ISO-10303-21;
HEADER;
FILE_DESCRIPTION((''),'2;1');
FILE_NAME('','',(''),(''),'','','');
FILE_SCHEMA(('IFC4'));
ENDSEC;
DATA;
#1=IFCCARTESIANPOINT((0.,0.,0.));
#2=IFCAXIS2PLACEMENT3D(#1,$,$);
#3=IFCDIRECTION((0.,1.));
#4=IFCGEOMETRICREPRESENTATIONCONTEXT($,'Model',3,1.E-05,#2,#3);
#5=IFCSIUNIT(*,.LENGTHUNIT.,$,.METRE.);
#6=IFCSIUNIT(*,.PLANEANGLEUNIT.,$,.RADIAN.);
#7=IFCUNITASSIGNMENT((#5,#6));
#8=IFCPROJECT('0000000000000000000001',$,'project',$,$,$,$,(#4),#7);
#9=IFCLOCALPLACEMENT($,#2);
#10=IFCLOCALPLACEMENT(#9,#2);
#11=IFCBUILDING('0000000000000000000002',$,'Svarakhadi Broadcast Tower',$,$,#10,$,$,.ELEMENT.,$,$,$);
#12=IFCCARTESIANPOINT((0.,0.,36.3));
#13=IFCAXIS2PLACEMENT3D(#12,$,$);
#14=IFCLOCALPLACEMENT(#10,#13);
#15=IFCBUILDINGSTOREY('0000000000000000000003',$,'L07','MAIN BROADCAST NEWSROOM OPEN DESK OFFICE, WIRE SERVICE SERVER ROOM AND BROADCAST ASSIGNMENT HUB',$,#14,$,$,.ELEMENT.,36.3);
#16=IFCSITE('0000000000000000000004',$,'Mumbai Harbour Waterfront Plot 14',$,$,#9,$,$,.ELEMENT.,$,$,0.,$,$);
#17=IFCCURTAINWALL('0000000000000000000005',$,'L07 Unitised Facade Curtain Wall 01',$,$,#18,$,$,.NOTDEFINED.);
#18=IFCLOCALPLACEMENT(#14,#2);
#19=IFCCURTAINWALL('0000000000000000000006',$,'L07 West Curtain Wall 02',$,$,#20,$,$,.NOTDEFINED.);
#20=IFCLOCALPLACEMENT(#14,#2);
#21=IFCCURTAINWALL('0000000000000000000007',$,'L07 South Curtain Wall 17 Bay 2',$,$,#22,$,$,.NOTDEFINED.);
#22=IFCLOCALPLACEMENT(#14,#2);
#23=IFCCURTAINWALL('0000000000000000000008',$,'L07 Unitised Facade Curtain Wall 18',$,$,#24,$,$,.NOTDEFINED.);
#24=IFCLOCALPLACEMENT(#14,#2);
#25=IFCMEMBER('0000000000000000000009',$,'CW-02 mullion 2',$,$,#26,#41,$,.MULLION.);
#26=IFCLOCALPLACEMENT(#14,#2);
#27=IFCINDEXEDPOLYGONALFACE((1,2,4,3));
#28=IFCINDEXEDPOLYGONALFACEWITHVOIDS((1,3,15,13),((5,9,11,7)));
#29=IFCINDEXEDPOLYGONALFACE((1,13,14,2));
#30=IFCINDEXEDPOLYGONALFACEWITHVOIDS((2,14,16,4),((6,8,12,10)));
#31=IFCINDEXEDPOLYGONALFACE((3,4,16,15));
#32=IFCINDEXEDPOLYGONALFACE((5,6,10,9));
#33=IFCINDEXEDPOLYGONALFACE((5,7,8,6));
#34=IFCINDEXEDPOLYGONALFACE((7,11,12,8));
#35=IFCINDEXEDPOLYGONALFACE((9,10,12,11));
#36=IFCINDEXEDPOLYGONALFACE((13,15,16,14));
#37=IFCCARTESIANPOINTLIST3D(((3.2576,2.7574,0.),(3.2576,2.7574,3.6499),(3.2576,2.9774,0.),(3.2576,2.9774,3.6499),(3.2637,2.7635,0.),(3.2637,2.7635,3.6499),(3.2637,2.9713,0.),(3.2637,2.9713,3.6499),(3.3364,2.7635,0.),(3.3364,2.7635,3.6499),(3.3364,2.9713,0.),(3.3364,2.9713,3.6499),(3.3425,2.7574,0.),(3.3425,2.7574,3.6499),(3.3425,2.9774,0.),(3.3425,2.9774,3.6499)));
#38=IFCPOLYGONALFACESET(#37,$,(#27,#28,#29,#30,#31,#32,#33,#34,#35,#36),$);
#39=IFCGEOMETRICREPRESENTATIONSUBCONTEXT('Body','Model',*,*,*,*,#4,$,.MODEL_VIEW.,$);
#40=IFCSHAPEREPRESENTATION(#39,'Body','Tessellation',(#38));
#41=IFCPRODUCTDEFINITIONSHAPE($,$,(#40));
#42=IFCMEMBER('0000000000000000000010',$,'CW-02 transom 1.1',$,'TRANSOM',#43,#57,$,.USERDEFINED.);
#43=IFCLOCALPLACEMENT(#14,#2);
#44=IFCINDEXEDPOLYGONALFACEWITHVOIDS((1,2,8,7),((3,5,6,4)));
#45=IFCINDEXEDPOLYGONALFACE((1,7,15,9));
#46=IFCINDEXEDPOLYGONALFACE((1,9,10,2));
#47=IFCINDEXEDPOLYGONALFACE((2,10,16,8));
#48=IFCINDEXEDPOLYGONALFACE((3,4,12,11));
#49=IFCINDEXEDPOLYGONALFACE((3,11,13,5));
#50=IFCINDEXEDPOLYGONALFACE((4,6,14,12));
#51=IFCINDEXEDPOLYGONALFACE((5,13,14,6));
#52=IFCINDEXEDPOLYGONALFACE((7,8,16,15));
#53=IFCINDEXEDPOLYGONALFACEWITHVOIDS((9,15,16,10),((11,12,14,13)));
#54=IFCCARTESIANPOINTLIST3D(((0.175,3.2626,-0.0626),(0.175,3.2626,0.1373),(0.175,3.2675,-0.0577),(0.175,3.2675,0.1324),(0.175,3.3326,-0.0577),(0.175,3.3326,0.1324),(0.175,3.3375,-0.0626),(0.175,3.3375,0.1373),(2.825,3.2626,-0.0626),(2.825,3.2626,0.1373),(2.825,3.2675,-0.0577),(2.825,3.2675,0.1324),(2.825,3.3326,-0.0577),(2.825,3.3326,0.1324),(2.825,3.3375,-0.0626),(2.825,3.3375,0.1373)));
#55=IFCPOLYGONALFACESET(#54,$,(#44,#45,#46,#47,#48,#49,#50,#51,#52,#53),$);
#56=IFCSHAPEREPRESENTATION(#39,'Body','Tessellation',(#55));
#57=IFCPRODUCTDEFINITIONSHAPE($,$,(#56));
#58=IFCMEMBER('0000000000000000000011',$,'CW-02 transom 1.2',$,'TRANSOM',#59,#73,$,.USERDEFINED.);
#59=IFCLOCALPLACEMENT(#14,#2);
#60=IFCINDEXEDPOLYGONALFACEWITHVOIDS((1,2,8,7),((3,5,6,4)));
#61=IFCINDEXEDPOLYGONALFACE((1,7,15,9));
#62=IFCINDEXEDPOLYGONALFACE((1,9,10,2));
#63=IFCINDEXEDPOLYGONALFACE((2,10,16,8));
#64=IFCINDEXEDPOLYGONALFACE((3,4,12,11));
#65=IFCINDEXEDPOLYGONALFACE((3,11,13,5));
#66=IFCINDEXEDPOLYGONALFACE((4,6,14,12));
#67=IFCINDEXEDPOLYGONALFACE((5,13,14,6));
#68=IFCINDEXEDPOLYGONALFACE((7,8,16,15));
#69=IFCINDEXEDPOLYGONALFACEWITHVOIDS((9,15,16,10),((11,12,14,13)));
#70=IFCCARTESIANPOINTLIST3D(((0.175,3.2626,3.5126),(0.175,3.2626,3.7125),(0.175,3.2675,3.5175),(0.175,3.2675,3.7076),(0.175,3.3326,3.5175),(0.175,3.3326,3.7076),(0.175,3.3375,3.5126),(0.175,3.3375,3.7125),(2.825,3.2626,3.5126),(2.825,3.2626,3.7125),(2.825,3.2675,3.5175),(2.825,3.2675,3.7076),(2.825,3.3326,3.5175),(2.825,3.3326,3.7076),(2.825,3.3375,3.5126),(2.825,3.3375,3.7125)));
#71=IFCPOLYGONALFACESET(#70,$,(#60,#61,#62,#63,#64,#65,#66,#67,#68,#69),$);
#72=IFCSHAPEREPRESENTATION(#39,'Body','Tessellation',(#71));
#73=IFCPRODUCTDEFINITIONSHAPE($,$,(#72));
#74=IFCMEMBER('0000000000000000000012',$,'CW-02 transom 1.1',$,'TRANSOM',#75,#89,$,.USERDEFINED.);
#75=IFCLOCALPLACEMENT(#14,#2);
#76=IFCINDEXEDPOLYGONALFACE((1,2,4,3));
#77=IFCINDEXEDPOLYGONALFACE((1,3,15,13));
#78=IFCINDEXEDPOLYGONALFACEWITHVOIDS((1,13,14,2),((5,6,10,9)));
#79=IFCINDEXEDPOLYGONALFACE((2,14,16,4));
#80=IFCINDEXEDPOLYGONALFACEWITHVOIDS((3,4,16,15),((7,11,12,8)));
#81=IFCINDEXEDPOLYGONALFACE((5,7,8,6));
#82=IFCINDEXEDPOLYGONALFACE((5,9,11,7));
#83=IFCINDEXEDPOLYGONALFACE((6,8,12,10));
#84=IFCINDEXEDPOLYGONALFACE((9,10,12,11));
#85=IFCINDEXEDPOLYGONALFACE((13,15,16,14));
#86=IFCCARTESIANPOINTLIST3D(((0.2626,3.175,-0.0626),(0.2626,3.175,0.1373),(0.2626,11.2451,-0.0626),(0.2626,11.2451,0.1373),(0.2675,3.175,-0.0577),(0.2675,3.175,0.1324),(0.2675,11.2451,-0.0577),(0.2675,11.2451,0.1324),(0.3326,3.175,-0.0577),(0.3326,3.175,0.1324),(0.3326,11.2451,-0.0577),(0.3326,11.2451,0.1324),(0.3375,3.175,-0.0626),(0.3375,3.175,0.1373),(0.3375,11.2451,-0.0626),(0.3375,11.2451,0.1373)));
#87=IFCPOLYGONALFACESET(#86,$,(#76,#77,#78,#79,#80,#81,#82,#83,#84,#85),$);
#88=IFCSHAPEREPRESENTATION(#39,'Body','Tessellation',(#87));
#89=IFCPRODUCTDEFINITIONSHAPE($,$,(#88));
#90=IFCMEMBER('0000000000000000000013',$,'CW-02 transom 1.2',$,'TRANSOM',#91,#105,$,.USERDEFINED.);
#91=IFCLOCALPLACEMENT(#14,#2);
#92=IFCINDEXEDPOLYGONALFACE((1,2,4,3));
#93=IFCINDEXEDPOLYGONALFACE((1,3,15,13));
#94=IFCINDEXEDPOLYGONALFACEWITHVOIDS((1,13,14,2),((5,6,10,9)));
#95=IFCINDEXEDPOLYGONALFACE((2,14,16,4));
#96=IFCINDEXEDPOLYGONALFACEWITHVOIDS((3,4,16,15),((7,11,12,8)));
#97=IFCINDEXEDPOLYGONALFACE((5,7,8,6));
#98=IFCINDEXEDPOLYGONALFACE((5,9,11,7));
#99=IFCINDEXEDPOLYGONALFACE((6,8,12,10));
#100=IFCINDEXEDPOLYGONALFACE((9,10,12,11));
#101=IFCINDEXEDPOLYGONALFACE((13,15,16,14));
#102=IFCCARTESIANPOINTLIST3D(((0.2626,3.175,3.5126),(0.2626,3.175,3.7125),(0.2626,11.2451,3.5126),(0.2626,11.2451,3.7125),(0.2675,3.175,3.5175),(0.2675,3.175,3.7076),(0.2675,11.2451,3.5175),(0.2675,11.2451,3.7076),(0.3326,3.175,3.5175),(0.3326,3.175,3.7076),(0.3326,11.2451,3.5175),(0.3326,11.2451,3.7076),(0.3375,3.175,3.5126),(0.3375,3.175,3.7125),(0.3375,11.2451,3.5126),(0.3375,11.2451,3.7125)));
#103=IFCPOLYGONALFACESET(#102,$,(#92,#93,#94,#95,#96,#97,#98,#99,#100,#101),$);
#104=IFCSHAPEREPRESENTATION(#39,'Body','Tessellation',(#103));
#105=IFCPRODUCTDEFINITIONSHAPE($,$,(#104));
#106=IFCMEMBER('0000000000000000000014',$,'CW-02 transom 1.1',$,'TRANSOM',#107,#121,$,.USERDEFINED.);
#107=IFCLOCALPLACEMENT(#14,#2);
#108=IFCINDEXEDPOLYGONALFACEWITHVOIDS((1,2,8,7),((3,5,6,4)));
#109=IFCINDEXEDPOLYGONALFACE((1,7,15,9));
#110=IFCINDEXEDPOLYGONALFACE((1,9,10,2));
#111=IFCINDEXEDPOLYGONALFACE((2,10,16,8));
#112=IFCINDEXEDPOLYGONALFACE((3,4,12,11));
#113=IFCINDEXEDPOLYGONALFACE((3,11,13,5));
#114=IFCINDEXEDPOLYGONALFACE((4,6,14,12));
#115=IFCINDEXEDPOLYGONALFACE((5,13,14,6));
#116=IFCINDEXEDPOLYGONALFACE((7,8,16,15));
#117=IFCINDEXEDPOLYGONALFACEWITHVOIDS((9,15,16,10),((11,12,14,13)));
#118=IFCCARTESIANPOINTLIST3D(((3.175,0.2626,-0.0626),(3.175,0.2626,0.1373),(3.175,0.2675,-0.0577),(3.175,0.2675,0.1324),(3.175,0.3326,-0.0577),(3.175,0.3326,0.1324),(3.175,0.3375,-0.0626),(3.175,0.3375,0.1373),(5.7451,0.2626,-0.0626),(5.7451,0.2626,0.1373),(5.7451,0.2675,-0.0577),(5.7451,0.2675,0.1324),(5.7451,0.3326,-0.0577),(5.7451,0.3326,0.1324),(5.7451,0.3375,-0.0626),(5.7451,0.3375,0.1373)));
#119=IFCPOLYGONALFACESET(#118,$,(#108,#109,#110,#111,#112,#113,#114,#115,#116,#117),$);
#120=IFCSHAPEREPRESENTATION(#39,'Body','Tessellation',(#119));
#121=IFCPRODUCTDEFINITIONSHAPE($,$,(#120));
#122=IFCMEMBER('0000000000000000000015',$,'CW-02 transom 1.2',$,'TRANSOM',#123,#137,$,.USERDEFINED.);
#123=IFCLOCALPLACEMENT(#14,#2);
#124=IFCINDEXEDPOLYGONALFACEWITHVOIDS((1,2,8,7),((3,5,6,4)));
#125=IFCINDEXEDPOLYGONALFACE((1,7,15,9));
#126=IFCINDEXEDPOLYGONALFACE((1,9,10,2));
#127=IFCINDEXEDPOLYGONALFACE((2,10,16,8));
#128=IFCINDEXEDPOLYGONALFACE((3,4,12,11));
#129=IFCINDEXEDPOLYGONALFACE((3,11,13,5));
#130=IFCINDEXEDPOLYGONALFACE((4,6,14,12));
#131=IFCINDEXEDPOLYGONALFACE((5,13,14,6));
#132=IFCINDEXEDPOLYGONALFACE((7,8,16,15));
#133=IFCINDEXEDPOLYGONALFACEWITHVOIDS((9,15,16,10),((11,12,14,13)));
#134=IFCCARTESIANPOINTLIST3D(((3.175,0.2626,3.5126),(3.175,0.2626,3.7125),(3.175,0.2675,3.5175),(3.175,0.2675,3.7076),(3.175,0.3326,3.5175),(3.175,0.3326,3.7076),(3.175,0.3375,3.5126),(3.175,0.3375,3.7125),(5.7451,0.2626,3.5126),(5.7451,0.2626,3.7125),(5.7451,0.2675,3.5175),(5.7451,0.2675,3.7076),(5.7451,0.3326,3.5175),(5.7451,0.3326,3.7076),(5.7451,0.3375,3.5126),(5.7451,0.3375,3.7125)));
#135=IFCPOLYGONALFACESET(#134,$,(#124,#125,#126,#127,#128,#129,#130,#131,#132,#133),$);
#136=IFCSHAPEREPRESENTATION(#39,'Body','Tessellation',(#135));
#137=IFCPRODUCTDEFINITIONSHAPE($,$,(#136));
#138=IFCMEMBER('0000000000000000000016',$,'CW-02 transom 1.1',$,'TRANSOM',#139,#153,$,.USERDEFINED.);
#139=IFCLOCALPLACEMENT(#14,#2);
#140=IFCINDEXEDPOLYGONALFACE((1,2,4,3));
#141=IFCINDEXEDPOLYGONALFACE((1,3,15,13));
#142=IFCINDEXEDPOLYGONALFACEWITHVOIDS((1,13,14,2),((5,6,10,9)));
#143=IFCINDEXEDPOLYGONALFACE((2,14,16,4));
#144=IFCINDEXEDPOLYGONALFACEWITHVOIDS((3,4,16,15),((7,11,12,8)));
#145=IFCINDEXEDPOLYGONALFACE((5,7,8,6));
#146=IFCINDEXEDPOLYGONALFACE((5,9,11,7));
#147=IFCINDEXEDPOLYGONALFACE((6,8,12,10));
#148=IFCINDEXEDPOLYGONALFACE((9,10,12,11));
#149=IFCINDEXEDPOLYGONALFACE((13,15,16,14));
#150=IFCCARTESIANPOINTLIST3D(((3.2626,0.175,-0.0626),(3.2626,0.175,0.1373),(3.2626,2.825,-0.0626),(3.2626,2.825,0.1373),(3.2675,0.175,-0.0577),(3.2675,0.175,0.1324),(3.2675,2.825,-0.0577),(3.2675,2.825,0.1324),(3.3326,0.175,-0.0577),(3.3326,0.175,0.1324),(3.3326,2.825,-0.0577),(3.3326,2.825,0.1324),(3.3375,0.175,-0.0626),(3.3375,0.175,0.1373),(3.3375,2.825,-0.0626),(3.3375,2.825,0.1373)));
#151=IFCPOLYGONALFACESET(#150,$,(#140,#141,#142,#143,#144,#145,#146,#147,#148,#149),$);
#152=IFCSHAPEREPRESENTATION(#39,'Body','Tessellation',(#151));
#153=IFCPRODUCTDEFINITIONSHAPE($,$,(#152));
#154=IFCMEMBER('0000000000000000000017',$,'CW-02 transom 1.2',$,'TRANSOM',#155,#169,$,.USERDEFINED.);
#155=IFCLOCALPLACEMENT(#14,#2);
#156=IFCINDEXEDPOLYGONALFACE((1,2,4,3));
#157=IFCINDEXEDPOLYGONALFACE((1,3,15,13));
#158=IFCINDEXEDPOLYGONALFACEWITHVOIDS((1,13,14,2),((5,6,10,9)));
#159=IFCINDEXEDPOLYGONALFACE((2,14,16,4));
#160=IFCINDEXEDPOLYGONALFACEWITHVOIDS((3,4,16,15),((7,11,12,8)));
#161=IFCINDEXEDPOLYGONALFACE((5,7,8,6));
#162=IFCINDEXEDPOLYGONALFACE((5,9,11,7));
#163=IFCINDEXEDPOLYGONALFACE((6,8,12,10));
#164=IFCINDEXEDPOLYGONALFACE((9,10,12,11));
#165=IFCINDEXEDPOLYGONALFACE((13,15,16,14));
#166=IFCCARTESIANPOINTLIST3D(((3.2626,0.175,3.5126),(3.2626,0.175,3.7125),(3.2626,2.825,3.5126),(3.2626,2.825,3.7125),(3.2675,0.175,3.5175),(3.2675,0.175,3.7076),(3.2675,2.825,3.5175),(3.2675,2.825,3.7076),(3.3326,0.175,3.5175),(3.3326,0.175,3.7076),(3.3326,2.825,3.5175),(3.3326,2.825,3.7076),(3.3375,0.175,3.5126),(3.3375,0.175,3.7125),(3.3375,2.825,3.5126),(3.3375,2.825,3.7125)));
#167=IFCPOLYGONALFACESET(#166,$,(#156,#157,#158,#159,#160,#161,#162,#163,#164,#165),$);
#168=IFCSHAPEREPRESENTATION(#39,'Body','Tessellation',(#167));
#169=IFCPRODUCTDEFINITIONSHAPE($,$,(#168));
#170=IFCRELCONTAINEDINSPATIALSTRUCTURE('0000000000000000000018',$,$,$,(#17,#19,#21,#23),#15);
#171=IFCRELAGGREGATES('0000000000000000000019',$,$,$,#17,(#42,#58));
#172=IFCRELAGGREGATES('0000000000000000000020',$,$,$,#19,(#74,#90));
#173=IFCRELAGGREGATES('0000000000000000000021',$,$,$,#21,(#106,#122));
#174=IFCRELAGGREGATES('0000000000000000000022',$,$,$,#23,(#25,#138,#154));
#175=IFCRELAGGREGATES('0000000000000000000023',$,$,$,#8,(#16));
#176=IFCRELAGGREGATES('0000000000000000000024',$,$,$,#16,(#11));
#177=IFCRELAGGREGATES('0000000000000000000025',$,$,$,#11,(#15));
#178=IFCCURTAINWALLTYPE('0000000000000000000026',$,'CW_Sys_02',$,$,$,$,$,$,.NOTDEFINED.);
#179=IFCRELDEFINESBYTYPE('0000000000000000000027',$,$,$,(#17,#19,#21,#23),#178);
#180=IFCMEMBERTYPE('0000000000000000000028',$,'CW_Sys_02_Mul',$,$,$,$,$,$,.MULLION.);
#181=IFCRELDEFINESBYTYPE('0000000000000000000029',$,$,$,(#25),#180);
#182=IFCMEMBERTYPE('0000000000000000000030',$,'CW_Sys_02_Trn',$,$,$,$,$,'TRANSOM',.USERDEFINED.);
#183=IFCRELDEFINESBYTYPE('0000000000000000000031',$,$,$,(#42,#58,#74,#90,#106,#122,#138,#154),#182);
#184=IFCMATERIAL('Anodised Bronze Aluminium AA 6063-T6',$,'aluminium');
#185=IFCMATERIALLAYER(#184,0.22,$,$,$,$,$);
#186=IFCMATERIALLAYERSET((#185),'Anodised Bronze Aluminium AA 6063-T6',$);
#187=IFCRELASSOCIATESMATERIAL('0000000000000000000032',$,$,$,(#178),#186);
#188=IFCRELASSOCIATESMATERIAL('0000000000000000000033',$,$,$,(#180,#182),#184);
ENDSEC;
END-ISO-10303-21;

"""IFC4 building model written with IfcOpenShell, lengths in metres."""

from ifc_helpers import new_model, si_unit, direction, frame, origin, origin_2d, place, context, subcontext, project, spatial, hollow_rectangle, extrude, material, layer, layer_set, material_profile, profile_set, type_object, element, aggregate, save


model = new_model("IFC4")

# Units and contexts
model_context = context("Model", 3, precision=1e-05, world=origin(), true_north=direction((0.0, 1.0)))
body_context = subcontext(model_context, "Body", "Model", "MODEL_VIEW")
ifc_project = project(units=[si_unit("LENGTHUNIT", "METRE"), si_unit("PLANEANGLEUNIT", "RADIAN")], contexts=[model_context])

# Site, building, storey
site_placement = place(None, origin())
site = spatial("IfcSite", under=ifc_project, at=site_placement, Name="Mumbai Harbour Waterfront Plot 14", CompositionType="ELEMENT", RefElevation=0.0)
building_placement = place(site_placement, origin())
building = spatial("IfcBuilding", under=site, at=building_placement, Name="Svarakhadi Broadcast Tower", CompositionType="ELEMENT")
storey_placement = place(building_placement, frame((0.0, 0.0, 36.3)))
storey = spatial("IfcBuildingStorey", under=building, at=storey_placement, Name="L07", Description="MAIN BROADCAST NEWSROOM OPEN DESK OFFICE, WIRE SERVICE SERVER ROOM AND BROADCAST ASSIGNMENT HUB", CompositionType="ELEMENT", Elevation=36.3)

# Curtain wall
ifc_material_1 = material(Name="Anodised Bronze Aluminium AA 6063-T6", Category="aluminium")
ifc_layer_1 = layer(ifc_material_1, 0.22)
ifc_layer_set_1 = layer_set([ifc_layer_1], Name="Anodised Bronze Aluminium AA 6063-T6")
curtain_wall_type = type_object("IfcCurtainWallType", Name="CW_Sys_02", PredefinedType="NOTDEFINED", material=ifc_layer_set_1)
curtain_wall_1_placement = place(storey_placement, origin())
curtain_wall_1 = element("IfcCurtainWall", 1, at=curtain_wall_1_placement, inside=storey, type_object=curtain_wall_type, Name="L07 Unitised Facade Curtain Wall 01", PredefinedType="NOTDEFINED")
ifc_material_profile_1 = material_profile(ifc_material_1, hollow_rectangle(XDim=0.085, YDim=0.22, WallThickness=0.0061, at=origin_2d()), Name="ALU MULLION 220x85x6")
ifc_profile_set_1 = profile_set([ifc_material_profile_1], Name="Anodised Bronze Aluminium AA 6063-T6")
member_type_1 = type_object("IfcMemberType", Name="CW_Sys_02_Mul", PredefinedType="MULLION", material=ifc_profile_set_1)

# Curtain wall
curtain_wall_2_placement = place(storey_placement, origin())
curtain_wall_2 = element("IfcCurtainWall", 2, at=curtain_wall_2_placement, inside=storey, type_object=curtain_wall_type, Name="L07 West Curtain Wall 02", PredefinedType="NOTDEFINED")

# Curtain walls, member
curtain_wall_3_placement = place(storey_placement, origin())
curtain_wall_3 = element("IfcCurtainWall", 3, at=curtain_wall_3_placement, inside=storey, type_object=curtain_wall_type, Name="L07 South Curtain Wall 17 Bay 2", PredefinedType="NOTDEFINED")
curtain_wall_4_placement = place(storey_placement, origin())
curtain_wall_4 = element("IfcCurtainWall", 4, at=curtain_wall_4_placement, inside=storey, type_object=curtain_wall_type, Name="L07 Unitised Facade Curtain Wall 18", PredefinedType="NOTDEFINED")
member_1_placement = place(storey_placement, frame((3.3, 2.8674, 0.0), z_axis=(0.0, 0.0, 1.0), x_axis=(-1.0, 0.0, 0.0)))
member_1 = element("IfcMember", 5, at=member_1_placement, type_object=member_type_1, Name="CW-02 mullion 2", PredefinedType="MULLION", context=body_context, shape_type="SweptSolid", body=[
    extrude(hollow_rectangle(XDim=0.085, YDim=0.22, WallThickness=0.0061, at=origin_2d()), origin(), (0.0, 0.0, 1.0), 3.6499),
])

# Members
ifc_material_profile_2 = material_profile(ifc_material_1, hollow_rectangle(XDim=0.075, YDim=0.2, WallThickness=0.0049, at=origin_2d()), Name="ALU TRANSOM 200x75x5")
ifc_profile_set_2 = profile_set([ifc_material_profile_2], Name="Anodised Bronze Aluminium AA 6063-T6")
member_type_2 = type_object("IfcMemberType", Name="CW_Sys_02_Trn", ElementType="TRANSOM", PredefinedType="USERDEFINED", material=ifc_profile_set_2)
member_2_placement = place(storey_placement, frame((2.825, 3.3, 0.0374), z_axis=(-1.0, 0.0, 0.0), x_axis=(0.0, -1.0, 0.0)))
member_2 = element("IfcMember", 6, at=member_2_placement, type_object=member_type_2, Name="CW-02 transom 1.1", ObjectType="TRANSOM", PredefinedType="USERDEFINED", context=body_context, shape_type="SweptSolid", body=[
    extrude(hollow_rectangle(XDim=0.075, YDim=0.2, WallThickness=0.0049, at=origin_2d()), origin(), (0.0, 0.0, 1.0), 2.6499),
])
member_3_placement = place(storey_placement, frame((2.825, 3.3, 3.6125), z_axis=(-1.0, 0.0, 0.0), x_axis=(0.0, -1.0, 0.0)))
member_3 = element("IfcMember", 7, at=member_3_placement, type_object=member_type_2, Name="CW-02 transom 1.2", ObjectType="TRANSOM", PredefinedType="USERDEFINED", context=body_context, shape_type="SweptSolid", body=[
    extrude(hollow_rectangle(XDim=0.075, YDim=0.2, WallThickness=0.0049, at=origin_2d()), origin(), (0.0, 0.0, 1.0), 2.6499),
])
member_4_placement = place(storey_placement, frame((0.3, 3.175, 0.0374), z_axis=(0.0, 1.0, 0.0), x_axis=(-1.0, 0.0, 0.0)))
member_4 = element("IfcMember", 8, at=member_4_placement, type_object=member_type_2, Name="CW-02 transom 1.1", ObjectType="TRANSOM", PredefinedType="USERDEFINED", context=body_context, shape_type="SweptSolid", body=[
    extrude(hollow_rectangle(XDim=0.075, YDim=0.2, WallThickness=0.0049, at=origin_2d()), origin(), (0.0, 0.0, 1.0), 8.0701),
])
member_5_placement = place(storey_placement, frame((0.3, 3.175, 3.6125), z_axis=(0.0, 1.0, 0.0), x_axis=(-1.0, 0.0, 0.0)))
member_5 = element("IfcMember", 9, at=member_5_placement, type_object=member_type_2, Name="CW-02 transom 1.2", ObjectType="TRANSOM", PredefinedType="USERDEFINED", context=body_context, shape_type="SweptSolid", body=[
    extrude(hollow_rectangle(XDim=0.075, YDim=0.2, WallThickness=0.0049, at=origin_2d()), origin(), (0.0, 0.0, 1.0), 8.0701),
])
member_6_placement = place(storey_placement, frame((5.7451, 0.3, 0.0374), z_axis=(-1.0, 0.0, 0.0), x_axis=(0.0, -1.0, 0.0)))
member_6 = element("IfcMember", 10, at=member_6_placement, type_object=member_type_2, Name="CW-02 transom 1.1", ObjectType="TRANSOM", PredefinedType="USERDEFINED", context=body_context, shape_type="SweptSolid", body=[
    extrude(hollow_rectangle(XDim=0.075, YDim=0.2, WallThickness=0.0049, at=origin_2d()), origin(), (0.0, 0.0, 1.0), 2.5701),
])
member_7_placement = place(storey_placement, frame((5.7451, 0.3, 3.6125), z_axis=(-1.0, 0.0, 0.0), x_axis=(0.0, -1.0, 0.0)))
member_7 = element("IfcMember", 11, at=member_7_placement, type_object=member_type_2, Name="CW-02 transom 1.2", ObjectType="TRANSOM", PredefinedType="USERDEFINED", context=body_context, shape_type="SweptSolid", body=[
    extrude(hollow_rectangle(XDim=0.075, YDim=0.2, WallThickness=0.0049, at=origin_2d()), origin(), (0.0, 0.0, 1.0), 2.5701),
])
member_8_placement = place(storey_placement, frame((3.3, 0.175, 0.0374), z_axis=(0.0, 1.0, 0.0), x_axis=(-1.0, 0.0, 0.0)))
member_8 = element("IfcMember", 12, at=member_8_placement, type_object=member_type_2, Name="CW-02 transom 1.1", ObjectType="TRANSOM", PredefinedType="USERDEFINED", context=body_context, shape_type="SweptSolid", body=[
    extrude(hollow_rectangle(XDim=0.075, YDim=0.2, WallThickness=0.0049, at=origin_2d()), origin(), (0.0, 0.0, 1.0), 2.6499),
])
member_9_placement = place(storey_placement, frame((3.3, 0.175, 3.6125), z_axis=(0.0, 1.0, 0.0), x_axis=(-1.0, 0.0, 0.0)))
member_9 = element("IfcMember", 13, at=member_9_placement, type_object=member_type_2, Name="CW-02 transom 1.2", ObjectType="TRANSOM", PredefinedType="USERDEFINED", context=body_context, shape_type="SweptSolid", body=[
    extrude(hollow_rectangle(XDim=0.075, YDim=0.2, WallThickness=0.0049, at=origin_2d()), origin(), (0.0, 0.0, 1.0), 2.6499),
])

aggregate(curtain_wall_1, [member_2, member_3])
aggregate(curtain_wall_2, [member_4, member_5])
aggregate(curtain_wall_3, [member_6, member_7])
aggregate(curtain_wall_4, [member_1, member_8, member_9])

save(model, "model.ifc")
